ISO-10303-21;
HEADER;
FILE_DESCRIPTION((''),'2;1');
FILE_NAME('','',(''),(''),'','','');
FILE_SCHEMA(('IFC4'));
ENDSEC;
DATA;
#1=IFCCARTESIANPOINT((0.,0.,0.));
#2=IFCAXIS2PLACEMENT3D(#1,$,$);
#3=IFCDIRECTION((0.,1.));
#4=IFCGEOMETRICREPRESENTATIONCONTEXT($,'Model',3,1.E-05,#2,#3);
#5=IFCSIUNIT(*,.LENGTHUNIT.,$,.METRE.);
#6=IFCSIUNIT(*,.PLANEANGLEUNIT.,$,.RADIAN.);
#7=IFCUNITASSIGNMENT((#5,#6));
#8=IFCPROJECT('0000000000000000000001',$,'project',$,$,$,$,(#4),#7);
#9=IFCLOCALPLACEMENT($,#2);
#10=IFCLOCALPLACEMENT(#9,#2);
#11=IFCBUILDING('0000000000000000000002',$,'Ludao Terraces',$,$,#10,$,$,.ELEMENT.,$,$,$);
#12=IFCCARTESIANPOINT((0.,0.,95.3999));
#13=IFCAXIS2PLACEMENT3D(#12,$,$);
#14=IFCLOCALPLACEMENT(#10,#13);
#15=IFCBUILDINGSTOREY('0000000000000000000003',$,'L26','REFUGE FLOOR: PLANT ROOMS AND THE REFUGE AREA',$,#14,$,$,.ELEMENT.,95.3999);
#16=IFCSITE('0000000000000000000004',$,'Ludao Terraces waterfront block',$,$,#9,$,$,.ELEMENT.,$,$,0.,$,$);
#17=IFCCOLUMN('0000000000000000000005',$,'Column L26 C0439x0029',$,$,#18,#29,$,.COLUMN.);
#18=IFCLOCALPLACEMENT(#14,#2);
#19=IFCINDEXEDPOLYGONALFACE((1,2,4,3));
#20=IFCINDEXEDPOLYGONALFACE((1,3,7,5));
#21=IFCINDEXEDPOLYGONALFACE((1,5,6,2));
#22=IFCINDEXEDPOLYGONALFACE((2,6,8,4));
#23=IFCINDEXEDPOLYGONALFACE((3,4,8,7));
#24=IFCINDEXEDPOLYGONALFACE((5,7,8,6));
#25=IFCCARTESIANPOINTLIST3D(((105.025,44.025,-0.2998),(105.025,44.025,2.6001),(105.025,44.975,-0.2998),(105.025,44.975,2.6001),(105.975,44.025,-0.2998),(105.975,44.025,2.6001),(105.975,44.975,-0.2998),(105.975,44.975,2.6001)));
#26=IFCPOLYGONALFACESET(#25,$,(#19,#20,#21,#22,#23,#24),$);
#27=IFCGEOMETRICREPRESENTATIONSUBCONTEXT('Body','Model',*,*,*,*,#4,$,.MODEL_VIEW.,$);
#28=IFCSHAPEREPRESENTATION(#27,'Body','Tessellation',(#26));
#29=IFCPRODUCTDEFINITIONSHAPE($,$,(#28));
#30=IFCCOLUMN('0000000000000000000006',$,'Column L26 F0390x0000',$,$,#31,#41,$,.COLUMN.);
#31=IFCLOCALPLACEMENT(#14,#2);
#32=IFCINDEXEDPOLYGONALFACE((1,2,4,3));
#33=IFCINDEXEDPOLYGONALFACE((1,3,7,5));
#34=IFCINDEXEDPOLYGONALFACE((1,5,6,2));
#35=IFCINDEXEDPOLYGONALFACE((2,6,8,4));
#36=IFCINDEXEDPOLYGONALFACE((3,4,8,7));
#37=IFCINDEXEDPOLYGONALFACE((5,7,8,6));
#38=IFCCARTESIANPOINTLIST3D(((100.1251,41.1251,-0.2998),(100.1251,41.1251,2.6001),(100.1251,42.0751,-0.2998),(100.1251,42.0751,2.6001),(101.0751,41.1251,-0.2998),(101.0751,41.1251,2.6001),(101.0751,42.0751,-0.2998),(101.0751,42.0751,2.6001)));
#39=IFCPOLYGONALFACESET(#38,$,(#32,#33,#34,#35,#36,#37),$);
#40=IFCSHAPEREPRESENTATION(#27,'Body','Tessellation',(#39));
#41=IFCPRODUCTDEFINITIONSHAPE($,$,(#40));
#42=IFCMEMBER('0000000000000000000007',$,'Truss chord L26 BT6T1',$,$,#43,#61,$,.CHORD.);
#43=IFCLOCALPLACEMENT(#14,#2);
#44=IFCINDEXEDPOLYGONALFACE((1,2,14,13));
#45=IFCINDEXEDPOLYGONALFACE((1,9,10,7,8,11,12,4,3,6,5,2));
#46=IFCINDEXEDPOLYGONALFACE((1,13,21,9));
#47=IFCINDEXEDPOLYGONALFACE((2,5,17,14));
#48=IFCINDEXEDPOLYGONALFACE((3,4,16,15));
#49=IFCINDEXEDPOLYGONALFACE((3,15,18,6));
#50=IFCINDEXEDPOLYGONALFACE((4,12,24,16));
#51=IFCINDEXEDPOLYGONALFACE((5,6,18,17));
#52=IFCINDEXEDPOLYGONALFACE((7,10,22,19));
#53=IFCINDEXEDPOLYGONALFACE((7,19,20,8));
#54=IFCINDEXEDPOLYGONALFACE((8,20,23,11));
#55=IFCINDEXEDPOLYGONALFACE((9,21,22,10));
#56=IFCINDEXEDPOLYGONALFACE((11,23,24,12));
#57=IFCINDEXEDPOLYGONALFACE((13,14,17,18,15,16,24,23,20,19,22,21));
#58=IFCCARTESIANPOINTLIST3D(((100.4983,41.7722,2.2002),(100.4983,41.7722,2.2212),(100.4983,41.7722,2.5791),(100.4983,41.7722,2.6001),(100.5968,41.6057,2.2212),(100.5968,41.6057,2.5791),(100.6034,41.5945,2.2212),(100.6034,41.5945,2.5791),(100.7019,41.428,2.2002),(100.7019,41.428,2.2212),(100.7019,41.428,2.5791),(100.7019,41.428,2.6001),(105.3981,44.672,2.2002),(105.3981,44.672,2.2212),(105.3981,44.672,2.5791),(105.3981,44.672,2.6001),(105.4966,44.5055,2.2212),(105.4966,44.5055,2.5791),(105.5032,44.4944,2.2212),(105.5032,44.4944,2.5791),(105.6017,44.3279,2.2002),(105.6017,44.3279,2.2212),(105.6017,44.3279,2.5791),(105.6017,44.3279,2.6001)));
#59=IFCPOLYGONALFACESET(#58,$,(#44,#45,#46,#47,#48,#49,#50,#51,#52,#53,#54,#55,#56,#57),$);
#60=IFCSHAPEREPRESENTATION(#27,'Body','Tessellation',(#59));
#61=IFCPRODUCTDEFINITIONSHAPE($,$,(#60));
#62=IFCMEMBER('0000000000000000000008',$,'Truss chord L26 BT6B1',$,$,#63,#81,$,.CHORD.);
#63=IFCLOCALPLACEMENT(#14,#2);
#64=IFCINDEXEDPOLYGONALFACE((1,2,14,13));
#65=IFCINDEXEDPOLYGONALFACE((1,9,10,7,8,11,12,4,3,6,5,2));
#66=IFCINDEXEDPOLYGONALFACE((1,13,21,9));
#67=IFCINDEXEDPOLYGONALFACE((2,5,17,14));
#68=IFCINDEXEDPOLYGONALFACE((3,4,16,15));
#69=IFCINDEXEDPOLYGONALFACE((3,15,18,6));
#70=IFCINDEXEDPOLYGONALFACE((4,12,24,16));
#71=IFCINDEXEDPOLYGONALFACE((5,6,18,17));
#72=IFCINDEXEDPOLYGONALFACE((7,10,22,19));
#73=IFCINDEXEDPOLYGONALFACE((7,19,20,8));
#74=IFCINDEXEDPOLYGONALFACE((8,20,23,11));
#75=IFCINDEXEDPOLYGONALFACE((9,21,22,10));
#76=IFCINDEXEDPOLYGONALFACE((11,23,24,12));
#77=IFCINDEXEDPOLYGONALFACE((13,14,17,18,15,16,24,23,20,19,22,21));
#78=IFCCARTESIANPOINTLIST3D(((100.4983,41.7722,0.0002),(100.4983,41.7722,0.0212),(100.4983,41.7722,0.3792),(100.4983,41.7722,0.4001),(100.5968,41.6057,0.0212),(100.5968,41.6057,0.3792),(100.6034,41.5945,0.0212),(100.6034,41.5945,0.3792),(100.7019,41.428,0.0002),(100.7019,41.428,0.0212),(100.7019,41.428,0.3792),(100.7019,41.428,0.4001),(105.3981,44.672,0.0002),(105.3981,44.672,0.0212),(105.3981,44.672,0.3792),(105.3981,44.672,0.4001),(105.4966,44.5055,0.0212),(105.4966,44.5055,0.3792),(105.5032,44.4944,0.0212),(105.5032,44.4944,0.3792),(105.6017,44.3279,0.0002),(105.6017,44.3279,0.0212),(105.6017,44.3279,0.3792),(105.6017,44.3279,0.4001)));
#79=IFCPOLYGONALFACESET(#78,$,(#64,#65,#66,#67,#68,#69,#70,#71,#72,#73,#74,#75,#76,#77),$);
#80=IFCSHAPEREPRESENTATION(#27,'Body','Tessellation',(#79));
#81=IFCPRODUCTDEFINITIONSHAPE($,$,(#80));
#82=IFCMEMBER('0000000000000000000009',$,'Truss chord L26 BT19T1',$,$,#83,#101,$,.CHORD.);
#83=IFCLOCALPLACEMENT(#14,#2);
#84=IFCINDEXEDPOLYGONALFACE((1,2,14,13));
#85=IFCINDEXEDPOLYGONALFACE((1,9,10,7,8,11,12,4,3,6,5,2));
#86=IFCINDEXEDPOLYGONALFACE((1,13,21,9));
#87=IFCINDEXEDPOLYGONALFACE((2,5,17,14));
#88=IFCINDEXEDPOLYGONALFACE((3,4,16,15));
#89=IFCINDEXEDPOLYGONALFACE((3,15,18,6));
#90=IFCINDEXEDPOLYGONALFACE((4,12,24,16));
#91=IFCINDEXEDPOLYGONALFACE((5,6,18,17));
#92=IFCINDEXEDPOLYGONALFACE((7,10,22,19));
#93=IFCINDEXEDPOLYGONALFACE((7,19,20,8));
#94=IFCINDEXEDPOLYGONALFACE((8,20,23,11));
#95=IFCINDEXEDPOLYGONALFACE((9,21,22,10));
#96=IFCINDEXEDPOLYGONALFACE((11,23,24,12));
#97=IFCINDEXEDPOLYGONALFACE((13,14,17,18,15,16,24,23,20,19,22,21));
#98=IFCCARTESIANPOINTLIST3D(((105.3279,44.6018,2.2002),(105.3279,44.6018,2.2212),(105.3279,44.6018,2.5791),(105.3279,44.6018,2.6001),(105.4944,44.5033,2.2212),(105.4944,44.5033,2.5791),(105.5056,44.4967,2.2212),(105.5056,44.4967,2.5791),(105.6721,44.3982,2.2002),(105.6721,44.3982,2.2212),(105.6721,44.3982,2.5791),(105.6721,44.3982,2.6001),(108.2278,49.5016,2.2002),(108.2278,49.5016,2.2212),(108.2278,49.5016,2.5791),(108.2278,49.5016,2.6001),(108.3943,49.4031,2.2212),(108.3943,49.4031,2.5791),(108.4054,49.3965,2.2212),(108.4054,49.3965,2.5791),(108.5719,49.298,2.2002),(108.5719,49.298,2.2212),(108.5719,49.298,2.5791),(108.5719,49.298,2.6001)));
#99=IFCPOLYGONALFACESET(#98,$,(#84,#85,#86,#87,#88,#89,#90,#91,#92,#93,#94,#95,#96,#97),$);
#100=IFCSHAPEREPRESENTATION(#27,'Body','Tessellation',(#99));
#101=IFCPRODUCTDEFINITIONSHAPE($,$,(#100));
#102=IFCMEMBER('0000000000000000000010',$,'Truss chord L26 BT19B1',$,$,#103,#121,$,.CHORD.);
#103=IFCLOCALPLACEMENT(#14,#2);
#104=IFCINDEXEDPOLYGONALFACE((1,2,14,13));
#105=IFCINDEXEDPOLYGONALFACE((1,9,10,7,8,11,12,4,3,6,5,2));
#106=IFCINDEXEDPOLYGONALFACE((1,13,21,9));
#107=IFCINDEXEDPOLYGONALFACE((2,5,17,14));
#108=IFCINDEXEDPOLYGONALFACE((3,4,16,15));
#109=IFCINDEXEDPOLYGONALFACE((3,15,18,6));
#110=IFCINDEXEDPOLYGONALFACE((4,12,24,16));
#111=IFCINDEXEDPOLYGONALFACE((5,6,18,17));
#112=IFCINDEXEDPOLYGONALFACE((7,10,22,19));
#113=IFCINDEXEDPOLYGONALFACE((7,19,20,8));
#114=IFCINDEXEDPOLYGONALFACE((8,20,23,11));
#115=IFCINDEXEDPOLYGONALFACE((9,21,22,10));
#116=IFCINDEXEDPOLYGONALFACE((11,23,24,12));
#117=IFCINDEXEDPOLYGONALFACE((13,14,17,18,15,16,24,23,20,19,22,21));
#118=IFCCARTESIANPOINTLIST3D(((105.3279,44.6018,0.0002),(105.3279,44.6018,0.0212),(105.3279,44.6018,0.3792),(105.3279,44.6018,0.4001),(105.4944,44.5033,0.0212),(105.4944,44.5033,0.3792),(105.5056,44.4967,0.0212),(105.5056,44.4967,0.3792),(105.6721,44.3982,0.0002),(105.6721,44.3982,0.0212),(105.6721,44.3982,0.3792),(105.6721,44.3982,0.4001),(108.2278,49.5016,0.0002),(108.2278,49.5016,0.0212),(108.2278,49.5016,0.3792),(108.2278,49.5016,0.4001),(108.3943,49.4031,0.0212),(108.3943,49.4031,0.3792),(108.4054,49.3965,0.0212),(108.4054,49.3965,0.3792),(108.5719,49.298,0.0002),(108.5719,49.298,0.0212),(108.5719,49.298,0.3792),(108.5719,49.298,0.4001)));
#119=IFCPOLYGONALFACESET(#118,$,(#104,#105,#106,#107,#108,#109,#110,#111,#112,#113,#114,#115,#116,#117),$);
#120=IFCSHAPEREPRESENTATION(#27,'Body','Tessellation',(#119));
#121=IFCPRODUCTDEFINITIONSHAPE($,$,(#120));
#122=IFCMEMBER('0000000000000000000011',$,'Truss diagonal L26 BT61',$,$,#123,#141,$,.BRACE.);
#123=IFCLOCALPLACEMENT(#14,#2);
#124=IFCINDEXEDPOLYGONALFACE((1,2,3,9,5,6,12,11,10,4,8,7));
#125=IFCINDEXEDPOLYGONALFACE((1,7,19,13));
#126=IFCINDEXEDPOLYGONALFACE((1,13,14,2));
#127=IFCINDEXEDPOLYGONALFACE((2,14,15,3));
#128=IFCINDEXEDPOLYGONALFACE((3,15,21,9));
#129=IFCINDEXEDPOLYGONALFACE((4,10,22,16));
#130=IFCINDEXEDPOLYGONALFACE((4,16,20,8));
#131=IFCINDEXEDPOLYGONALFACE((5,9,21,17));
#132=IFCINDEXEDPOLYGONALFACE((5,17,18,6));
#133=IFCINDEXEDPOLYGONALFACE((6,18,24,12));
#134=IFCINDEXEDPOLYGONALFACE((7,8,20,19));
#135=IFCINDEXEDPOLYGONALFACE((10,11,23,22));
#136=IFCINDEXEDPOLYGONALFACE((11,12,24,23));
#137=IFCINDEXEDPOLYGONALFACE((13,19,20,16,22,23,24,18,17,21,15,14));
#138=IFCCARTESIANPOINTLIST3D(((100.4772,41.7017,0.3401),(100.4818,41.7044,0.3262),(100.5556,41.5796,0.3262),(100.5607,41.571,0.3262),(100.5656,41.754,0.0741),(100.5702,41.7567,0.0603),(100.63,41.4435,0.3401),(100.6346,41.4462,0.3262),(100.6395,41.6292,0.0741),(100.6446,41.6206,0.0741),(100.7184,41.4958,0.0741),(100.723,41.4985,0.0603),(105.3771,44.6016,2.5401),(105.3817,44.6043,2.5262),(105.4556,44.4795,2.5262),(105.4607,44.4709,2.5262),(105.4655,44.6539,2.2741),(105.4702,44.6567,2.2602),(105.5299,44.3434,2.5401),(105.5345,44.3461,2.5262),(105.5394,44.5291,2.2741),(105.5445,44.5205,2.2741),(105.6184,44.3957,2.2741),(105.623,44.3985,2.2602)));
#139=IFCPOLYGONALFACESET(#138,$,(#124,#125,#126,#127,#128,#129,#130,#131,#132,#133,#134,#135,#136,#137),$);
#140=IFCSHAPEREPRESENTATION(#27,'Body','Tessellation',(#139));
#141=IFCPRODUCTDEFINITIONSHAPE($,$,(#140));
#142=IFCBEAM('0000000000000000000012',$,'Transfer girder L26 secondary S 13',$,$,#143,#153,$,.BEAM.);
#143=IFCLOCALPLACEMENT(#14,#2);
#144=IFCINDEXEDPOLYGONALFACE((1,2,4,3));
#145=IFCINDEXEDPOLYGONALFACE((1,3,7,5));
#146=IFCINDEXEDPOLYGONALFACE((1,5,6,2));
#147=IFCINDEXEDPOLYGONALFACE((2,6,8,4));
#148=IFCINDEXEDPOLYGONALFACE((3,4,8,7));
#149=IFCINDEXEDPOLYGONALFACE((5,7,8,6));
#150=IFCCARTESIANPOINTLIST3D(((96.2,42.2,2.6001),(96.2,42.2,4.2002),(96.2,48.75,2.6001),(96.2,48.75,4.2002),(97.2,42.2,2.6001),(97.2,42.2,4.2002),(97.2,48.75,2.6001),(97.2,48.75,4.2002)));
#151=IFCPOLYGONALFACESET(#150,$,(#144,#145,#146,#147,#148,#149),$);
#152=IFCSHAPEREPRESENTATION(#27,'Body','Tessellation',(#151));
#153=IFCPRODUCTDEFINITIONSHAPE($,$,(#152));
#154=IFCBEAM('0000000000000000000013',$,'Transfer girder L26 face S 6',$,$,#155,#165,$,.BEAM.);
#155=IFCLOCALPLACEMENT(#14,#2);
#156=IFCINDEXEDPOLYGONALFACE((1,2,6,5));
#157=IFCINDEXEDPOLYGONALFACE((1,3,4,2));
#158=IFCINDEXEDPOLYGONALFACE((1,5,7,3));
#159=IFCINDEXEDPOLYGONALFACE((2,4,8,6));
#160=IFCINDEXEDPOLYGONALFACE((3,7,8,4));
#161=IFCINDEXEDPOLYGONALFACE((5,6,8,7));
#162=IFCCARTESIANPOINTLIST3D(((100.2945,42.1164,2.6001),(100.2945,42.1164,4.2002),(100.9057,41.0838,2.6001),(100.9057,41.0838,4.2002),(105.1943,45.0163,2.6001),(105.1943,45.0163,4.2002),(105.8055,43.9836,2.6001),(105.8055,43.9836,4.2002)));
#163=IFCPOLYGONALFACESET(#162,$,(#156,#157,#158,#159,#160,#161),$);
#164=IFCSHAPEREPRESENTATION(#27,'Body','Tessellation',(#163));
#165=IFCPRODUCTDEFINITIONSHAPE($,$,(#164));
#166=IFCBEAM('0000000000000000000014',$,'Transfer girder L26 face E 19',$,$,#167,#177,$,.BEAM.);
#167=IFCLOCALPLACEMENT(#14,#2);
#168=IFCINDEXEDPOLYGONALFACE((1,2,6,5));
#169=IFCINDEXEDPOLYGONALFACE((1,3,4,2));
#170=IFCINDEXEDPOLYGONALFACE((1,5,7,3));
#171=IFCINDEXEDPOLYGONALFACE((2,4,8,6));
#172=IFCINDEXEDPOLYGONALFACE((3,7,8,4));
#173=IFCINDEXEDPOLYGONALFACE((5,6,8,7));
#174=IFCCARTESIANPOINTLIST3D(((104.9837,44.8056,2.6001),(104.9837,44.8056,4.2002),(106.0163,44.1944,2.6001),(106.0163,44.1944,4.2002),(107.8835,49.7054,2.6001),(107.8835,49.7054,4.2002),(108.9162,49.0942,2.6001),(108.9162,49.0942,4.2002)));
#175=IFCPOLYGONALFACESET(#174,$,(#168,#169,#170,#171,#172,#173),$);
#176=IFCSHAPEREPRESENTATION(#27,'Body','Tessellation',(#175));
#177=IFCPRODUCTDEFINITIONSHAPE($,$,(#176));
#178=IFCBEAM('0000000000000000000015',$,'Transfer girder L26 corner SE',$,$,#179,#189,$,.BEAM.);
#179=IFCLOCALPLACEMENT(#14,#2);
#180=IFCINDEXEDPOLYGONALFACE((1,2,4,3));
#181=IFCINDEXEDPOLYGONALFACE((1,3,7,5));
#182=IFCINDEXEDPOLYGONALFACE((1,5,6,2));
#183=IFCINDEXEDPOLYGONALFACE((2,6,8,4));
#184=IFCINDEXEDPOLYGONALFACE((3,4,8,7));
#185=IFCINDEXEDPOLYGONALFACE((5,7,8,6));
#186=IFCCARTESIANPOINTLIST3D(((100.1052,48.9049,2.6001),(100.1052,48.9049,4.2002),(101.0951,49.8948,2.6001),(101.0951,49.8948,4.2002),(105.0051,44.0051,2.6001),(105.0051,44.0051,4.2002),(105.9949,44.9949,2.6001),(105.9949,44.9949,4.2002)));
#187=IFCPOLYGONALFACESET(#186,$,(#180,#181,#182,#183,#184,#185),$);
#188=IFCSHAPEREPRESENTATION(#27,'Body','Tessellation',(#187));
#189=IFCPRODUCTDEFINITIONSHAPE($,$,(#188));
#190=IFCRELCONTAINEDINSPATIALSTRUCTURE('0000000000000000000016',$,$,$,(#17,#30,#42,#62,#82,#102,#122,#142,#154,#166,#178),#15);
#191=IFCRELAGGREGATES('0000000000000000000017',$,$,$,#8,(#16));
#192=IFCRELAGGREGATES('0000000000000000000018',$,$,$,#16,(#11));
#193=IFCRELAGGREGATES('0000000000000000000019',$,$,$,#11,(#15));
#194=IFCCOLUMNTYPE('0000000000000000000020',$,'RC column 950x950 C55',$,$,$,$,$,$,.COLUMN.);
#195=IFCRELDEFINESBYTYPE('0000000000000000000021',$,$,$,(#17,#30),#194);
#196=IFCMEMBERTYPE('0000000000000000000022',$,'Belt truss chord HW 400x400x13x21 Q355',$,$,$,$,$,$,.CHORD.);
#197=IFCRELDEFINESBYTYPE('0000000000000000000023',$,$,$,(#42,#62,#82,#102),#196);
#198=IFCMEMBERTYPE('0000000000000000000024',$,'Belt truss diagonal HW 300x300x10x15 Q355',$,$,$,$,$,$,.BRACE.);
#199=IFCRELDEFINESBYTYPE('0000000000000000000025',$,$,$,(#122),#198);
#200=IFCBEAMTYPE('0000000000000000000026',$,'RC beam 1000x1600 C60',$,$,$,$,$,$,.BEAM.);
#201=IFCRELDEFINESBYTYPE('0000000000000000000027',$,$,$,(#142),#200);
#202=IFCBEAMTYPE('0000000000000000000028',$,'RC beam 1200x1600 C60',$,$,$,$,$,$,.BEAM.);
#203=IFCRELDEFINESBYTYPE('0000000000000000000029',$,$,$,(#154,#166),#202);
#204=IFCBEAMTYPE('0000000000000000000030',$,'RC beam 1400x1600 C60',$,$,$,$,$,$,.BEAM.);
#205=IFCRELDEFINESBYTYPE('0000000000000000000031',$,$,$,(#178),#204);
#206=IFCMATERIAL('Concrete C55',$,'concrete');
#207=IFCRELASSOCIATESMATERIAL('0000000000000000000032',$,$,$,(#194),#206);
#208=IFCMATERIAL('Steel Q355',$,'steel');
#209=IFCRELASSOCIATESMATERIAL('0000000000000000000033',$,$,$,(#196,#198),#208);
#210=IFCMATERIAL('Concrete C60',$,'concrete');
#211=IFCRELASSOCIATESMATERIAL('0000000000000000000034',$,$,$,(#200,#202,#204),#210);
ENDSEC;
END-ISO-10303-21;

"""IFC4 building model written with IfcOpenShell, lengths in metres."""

from ifc_helpers import new_model, si_unit, direction, frame, origin, origin_2d, place, context, subcontext, project, spatial, rectangle, i_section, extrude, material, material_profile, profile_set, type_object, element, save


model = new_model("IFC4")

# Units and contexts
model_context = context("Model", 3, precision=1e-05, world=origin(), true_north=direction((0.0, 1.0)))
body_context = subcontext(model_context, "Body", "Model", "MODEL_VIEW")
ifc_project = project(units=[si_unit("LENGTHUNIT", "METRE"), si_unit("PLANEANGLEUNIT", "RADIAN")], contexts=[model_context])

# Site, building, storey
site_placement = place(None, origin())
site = spatial("IfcSite", under=ifc_project, at=site_placement, Name="Ludao Terraces waterfront block", CompositionType="ELEMENT", RefElevation=0.0)
building_placement = place(site_placement, origin())
building = spatial("IfcBuilding", under=site, at=building_placement, Name="Ludao Terraces", CompositionType="ELEMENT")
storey_placement = place(building_placement, frame((0.0, 0.0, 95.3999)))
storey = spatial("IfcBuildingStorey", under=building, at=storey_placement, Name="L26", Description="REFUGE FLOOR: PLANT ROOMS AND THE REFUGE AREA", CompositionType="ELEMENT", Elevation=95.3999)

# Columns
ifc_material_1 = material(Name="Concrete C55", Category="concrete")
ifc_material_profile_1 = material_profile(ifc_material_1, rectangle(XDim=0.95, YDim=0.95, at=origin_2d()), Name="950 X 950")
ifc_profile_set_1 = profile_set([ifc_material_profile_1], Name="Concrete C55")
column_type = type_object("IfcColumnType", Name="RC column 950x950 C55", PredefinedType="COLUMN", material=ifc_profile_set_1)
for number, where, z_axis, x_axis, name in (
    (1, (105.5, 44.5, -0.2998), (0.0, 0.0, 1.0), (1.0, 0.0, 0.0), "Column L26 C0439x0029"),
    (2, (100.6001, 41.6001, -0.2998), (0.0, 0.0, 1.0), (1.0, 0.0, 0.0), "Column L26 F0390x0000"),
):
    element("IfcColumn", number, at=place(storey_placement, frame(where, z_axis=z_axis, x_axis=x_axis)), inside=storey, type_object=column_type, Name=name, PredefinedType="COLUMN", context=body_context, shape_type="SweptSolid", body=[
        extrude(rectangle(XDim=0.95, YDim=0.95, at=origin_2d()), origin(), (0.0, 0.0, 1.0), 2.8999),
    ])

# Members
ifc_material_2 = material(Name="Steel Q355", Category="steel")
ifc_material_profile_2 = material_profile(ifc_material_2, i_section(OverallWidth=0.3999, OverallDepth=0.3999, WebThickness=0.0129, FlangeThickness=0.021, at=origin_2d()), Name="HW 400X400X13X21")
ifc_profile_set_2 = profile_set([ifc_material_profile_2], Name="Steel Q355")
member_type_1 = type_object("IfcMemberType", Name="Belt truss chord HW 400x400x13x21 Q355", PredefinedType="CHORD", material=ifc_profile_set_2)
for number, where, z_axis, x_axis, name in (
    (3, (100.6001, 41.6001, 2.4001), (0.86058, 0.509316, 0.0), (-0.509316, 0.86058, 0.0), "Truss chord L26 BT6T1"),
    (4, (100.6001, 41.6001, 0.2002), (0.86058, 0.509316, 0.0), (-0.509316, 0.86058, 0.0), "Truss chord L26 BT6B1"),
    (5, (105.5, 44.5, 2.4001), (0.509316, 0.86058, 0.0), (-0.86058, 0.509316, 0.0), "Truss chord L26 BT19T1"),
    (6, (105.5, 44.5, 0.2002), (0.509316, 0.86058, 0.0), (-0.86058, 0.509316, 0.0), "Truss chord L26 BT19B1"),
):
    element("IfcMember", number, at=place(storey_placement, frame(where, z_axis=z_axis, x_axis=x_axis)), inside=storey, type_object=member_type_1, Name=name, PredefinedType="CHORD", context=body_context, shape_type="SweptSolid", body=[
        extrude(i_section(OverallWidth=0.3999, OverallDepth=0.3999, WebThickness=0.0129, FlangeThickness=0.021, at=origin_2d()), origin(), (0.0, 0.0, 1.0), 5.6936),
    ])
ifc_material_profile_3 = material_profile(ifc_material_2, i_section(OverallWidth=0.3, OverallDepth=0.3, WebThickness=0.01, FlangeThickness=0.0149, at=origin_2d()), Name="HW 300X300X10X15")
ifc_profile_set_3 = profile_set([ifc_material_profile_3], Name="Steel Q355")
member_type_2 = type_object("IfcMemberType", Name="Belt truss diagonal HW 300x300x10x15 Q355", PredefinedType="BRACE", material=ifc_profile_set_3)
member_placement = place(storey_placement, frame((100.6001, 41.6001, 0.2002), z_axis=(0.802742, 0.475086, 0.360414), x_axis=(-0.509316, 0.86058, 0.0)))
element("IfcMember", 7, at=member_placement, inside=storey, type_object=member_type_2, Name="Truss diagonal L26 BT61", PredefinedType="BRACE", context=body_context, shape_type="SweptSolid", body=[
    extrude(i_section(OverallWidth=0.3, OverallDepth=0.3, WebThickness=0.01, FlangeThickness=0.0149, at=origin_2d()), origin(), (0.0, 0.0, 1.0), 6.104),
])

# Beams
ifc_material_3 = material(Name="Concrete C60", Category="concrete")
ifc_material_profile_4 = material_profile(ifc_material_3, rectangle(XDim=1.0, YDim=1.6001, at=origin_2d()), Name="1000 X 1600")
ifc_profile_set_4 = profile_set([ifc_material_profile_4], Name="Concrete C60")
beam_type_1 = type_object("IfcBeamType", Name="RC beam 1000x1600 C60", PredefinedType="BEAM", material=ifc_profile_set_4)
beam_1_placement = place(storey_placement, frame((96.7, 42.2, 3.4001), z_axis=(0.0, 1.0, 0.0), x_axis=(-1.0, 0.0, 0.0)))
element("IfcBeam", 8, at=beam_1_placement, inside=storey, type_object=beam_type_1, Name="Transfer girder L26 secondary S 13", PredefinedType="BEAM", context=body_context, shape_type="SweptSolid", body=[
    extrude(rectangle(XDim=1.0, YDim=1.6001, at=origin_2d()), origin(), (0.0, 0.0, 1.0), 6.55),
])
ifc_material_profile_5 = material_profile(ifc_material_3, rectangle(XDim=1.2, YDim=1.6001, at=origin_2d()), Name="1200 X 1600")
ifc_profile_set_5 = profile_set([ifc_material_profile_5], Name="Concrete C60")
beam_type_2 = type_object("IfcBeamType", Name="RC beam 1200x1600 C60", PredefinedType="BEAM", material=ifc_profile_set_5)
for number, where, z_axis, x_axis, name in (
    (9, (100.6001, 41.6001, 3.4001), (0.86058, 0.509316, 0.0), (-0.509316, 0.86058, 0.0), "Transfer girder L26 face S 6"),
    (10, (105.5, 44.5, 3.4001), (0.509316, 0.86058, 0.0), (-0.86058, 0.509316, 0.0), "Transfer girder L26 face E 19"),
):
    element("IfcBeam", number, at=place(storey_placement, frame(where, z_axis=z_axis, x_axis=x_axis)), inside=storey, type_object=beam_type_2, Name=name, PredefinedType="BEAM", context=body_context, shape_type="SweptSolid", body=[
        extrude(rectangle(XDim=1.2, YDim=1.6001, at=origin_2d()), origin(), (0.0, 0.0, 1.0), 5.6936),
    ])
ifc_material_profile_6 = material_profile(ifc_material_3, rectangle(XDim=1.3999, YDim=1.6001, at=origin_2d()), Name="1400 X 1600")
ifc_profile_set_6 = profile_set([ifc_material_profile_6], Name="Concrete C60")
beam_type_3 = type_object("IfcBeamType", Name="RC beam 1400x1600 C60", PredefinedType="BEAM", material=ifc_profile_set_6)
beam_2_placement = place(storey_placement, frame((105.5, 44.5, 3.4001), z_axis=(-0.707107, 0.707107, 0.0), x_axis=(-0.707107, -0.707107, 0.0)))
element("IfcBeam", 11, at=beam_2_placement, inside=storey, type_object=beam_type_3, Name="Transfer girder L26 corner SE", PredefinedType="BEAM", context=body_context, shape_type="SweptSolid", body=[
    extrude(rectangle(XDim=1.3999, YDim=1.6001, at=origin_2d()), origin(), (0.0, 0.0, 1.0), 6.9294),
])

save(model, "model.ifc")
